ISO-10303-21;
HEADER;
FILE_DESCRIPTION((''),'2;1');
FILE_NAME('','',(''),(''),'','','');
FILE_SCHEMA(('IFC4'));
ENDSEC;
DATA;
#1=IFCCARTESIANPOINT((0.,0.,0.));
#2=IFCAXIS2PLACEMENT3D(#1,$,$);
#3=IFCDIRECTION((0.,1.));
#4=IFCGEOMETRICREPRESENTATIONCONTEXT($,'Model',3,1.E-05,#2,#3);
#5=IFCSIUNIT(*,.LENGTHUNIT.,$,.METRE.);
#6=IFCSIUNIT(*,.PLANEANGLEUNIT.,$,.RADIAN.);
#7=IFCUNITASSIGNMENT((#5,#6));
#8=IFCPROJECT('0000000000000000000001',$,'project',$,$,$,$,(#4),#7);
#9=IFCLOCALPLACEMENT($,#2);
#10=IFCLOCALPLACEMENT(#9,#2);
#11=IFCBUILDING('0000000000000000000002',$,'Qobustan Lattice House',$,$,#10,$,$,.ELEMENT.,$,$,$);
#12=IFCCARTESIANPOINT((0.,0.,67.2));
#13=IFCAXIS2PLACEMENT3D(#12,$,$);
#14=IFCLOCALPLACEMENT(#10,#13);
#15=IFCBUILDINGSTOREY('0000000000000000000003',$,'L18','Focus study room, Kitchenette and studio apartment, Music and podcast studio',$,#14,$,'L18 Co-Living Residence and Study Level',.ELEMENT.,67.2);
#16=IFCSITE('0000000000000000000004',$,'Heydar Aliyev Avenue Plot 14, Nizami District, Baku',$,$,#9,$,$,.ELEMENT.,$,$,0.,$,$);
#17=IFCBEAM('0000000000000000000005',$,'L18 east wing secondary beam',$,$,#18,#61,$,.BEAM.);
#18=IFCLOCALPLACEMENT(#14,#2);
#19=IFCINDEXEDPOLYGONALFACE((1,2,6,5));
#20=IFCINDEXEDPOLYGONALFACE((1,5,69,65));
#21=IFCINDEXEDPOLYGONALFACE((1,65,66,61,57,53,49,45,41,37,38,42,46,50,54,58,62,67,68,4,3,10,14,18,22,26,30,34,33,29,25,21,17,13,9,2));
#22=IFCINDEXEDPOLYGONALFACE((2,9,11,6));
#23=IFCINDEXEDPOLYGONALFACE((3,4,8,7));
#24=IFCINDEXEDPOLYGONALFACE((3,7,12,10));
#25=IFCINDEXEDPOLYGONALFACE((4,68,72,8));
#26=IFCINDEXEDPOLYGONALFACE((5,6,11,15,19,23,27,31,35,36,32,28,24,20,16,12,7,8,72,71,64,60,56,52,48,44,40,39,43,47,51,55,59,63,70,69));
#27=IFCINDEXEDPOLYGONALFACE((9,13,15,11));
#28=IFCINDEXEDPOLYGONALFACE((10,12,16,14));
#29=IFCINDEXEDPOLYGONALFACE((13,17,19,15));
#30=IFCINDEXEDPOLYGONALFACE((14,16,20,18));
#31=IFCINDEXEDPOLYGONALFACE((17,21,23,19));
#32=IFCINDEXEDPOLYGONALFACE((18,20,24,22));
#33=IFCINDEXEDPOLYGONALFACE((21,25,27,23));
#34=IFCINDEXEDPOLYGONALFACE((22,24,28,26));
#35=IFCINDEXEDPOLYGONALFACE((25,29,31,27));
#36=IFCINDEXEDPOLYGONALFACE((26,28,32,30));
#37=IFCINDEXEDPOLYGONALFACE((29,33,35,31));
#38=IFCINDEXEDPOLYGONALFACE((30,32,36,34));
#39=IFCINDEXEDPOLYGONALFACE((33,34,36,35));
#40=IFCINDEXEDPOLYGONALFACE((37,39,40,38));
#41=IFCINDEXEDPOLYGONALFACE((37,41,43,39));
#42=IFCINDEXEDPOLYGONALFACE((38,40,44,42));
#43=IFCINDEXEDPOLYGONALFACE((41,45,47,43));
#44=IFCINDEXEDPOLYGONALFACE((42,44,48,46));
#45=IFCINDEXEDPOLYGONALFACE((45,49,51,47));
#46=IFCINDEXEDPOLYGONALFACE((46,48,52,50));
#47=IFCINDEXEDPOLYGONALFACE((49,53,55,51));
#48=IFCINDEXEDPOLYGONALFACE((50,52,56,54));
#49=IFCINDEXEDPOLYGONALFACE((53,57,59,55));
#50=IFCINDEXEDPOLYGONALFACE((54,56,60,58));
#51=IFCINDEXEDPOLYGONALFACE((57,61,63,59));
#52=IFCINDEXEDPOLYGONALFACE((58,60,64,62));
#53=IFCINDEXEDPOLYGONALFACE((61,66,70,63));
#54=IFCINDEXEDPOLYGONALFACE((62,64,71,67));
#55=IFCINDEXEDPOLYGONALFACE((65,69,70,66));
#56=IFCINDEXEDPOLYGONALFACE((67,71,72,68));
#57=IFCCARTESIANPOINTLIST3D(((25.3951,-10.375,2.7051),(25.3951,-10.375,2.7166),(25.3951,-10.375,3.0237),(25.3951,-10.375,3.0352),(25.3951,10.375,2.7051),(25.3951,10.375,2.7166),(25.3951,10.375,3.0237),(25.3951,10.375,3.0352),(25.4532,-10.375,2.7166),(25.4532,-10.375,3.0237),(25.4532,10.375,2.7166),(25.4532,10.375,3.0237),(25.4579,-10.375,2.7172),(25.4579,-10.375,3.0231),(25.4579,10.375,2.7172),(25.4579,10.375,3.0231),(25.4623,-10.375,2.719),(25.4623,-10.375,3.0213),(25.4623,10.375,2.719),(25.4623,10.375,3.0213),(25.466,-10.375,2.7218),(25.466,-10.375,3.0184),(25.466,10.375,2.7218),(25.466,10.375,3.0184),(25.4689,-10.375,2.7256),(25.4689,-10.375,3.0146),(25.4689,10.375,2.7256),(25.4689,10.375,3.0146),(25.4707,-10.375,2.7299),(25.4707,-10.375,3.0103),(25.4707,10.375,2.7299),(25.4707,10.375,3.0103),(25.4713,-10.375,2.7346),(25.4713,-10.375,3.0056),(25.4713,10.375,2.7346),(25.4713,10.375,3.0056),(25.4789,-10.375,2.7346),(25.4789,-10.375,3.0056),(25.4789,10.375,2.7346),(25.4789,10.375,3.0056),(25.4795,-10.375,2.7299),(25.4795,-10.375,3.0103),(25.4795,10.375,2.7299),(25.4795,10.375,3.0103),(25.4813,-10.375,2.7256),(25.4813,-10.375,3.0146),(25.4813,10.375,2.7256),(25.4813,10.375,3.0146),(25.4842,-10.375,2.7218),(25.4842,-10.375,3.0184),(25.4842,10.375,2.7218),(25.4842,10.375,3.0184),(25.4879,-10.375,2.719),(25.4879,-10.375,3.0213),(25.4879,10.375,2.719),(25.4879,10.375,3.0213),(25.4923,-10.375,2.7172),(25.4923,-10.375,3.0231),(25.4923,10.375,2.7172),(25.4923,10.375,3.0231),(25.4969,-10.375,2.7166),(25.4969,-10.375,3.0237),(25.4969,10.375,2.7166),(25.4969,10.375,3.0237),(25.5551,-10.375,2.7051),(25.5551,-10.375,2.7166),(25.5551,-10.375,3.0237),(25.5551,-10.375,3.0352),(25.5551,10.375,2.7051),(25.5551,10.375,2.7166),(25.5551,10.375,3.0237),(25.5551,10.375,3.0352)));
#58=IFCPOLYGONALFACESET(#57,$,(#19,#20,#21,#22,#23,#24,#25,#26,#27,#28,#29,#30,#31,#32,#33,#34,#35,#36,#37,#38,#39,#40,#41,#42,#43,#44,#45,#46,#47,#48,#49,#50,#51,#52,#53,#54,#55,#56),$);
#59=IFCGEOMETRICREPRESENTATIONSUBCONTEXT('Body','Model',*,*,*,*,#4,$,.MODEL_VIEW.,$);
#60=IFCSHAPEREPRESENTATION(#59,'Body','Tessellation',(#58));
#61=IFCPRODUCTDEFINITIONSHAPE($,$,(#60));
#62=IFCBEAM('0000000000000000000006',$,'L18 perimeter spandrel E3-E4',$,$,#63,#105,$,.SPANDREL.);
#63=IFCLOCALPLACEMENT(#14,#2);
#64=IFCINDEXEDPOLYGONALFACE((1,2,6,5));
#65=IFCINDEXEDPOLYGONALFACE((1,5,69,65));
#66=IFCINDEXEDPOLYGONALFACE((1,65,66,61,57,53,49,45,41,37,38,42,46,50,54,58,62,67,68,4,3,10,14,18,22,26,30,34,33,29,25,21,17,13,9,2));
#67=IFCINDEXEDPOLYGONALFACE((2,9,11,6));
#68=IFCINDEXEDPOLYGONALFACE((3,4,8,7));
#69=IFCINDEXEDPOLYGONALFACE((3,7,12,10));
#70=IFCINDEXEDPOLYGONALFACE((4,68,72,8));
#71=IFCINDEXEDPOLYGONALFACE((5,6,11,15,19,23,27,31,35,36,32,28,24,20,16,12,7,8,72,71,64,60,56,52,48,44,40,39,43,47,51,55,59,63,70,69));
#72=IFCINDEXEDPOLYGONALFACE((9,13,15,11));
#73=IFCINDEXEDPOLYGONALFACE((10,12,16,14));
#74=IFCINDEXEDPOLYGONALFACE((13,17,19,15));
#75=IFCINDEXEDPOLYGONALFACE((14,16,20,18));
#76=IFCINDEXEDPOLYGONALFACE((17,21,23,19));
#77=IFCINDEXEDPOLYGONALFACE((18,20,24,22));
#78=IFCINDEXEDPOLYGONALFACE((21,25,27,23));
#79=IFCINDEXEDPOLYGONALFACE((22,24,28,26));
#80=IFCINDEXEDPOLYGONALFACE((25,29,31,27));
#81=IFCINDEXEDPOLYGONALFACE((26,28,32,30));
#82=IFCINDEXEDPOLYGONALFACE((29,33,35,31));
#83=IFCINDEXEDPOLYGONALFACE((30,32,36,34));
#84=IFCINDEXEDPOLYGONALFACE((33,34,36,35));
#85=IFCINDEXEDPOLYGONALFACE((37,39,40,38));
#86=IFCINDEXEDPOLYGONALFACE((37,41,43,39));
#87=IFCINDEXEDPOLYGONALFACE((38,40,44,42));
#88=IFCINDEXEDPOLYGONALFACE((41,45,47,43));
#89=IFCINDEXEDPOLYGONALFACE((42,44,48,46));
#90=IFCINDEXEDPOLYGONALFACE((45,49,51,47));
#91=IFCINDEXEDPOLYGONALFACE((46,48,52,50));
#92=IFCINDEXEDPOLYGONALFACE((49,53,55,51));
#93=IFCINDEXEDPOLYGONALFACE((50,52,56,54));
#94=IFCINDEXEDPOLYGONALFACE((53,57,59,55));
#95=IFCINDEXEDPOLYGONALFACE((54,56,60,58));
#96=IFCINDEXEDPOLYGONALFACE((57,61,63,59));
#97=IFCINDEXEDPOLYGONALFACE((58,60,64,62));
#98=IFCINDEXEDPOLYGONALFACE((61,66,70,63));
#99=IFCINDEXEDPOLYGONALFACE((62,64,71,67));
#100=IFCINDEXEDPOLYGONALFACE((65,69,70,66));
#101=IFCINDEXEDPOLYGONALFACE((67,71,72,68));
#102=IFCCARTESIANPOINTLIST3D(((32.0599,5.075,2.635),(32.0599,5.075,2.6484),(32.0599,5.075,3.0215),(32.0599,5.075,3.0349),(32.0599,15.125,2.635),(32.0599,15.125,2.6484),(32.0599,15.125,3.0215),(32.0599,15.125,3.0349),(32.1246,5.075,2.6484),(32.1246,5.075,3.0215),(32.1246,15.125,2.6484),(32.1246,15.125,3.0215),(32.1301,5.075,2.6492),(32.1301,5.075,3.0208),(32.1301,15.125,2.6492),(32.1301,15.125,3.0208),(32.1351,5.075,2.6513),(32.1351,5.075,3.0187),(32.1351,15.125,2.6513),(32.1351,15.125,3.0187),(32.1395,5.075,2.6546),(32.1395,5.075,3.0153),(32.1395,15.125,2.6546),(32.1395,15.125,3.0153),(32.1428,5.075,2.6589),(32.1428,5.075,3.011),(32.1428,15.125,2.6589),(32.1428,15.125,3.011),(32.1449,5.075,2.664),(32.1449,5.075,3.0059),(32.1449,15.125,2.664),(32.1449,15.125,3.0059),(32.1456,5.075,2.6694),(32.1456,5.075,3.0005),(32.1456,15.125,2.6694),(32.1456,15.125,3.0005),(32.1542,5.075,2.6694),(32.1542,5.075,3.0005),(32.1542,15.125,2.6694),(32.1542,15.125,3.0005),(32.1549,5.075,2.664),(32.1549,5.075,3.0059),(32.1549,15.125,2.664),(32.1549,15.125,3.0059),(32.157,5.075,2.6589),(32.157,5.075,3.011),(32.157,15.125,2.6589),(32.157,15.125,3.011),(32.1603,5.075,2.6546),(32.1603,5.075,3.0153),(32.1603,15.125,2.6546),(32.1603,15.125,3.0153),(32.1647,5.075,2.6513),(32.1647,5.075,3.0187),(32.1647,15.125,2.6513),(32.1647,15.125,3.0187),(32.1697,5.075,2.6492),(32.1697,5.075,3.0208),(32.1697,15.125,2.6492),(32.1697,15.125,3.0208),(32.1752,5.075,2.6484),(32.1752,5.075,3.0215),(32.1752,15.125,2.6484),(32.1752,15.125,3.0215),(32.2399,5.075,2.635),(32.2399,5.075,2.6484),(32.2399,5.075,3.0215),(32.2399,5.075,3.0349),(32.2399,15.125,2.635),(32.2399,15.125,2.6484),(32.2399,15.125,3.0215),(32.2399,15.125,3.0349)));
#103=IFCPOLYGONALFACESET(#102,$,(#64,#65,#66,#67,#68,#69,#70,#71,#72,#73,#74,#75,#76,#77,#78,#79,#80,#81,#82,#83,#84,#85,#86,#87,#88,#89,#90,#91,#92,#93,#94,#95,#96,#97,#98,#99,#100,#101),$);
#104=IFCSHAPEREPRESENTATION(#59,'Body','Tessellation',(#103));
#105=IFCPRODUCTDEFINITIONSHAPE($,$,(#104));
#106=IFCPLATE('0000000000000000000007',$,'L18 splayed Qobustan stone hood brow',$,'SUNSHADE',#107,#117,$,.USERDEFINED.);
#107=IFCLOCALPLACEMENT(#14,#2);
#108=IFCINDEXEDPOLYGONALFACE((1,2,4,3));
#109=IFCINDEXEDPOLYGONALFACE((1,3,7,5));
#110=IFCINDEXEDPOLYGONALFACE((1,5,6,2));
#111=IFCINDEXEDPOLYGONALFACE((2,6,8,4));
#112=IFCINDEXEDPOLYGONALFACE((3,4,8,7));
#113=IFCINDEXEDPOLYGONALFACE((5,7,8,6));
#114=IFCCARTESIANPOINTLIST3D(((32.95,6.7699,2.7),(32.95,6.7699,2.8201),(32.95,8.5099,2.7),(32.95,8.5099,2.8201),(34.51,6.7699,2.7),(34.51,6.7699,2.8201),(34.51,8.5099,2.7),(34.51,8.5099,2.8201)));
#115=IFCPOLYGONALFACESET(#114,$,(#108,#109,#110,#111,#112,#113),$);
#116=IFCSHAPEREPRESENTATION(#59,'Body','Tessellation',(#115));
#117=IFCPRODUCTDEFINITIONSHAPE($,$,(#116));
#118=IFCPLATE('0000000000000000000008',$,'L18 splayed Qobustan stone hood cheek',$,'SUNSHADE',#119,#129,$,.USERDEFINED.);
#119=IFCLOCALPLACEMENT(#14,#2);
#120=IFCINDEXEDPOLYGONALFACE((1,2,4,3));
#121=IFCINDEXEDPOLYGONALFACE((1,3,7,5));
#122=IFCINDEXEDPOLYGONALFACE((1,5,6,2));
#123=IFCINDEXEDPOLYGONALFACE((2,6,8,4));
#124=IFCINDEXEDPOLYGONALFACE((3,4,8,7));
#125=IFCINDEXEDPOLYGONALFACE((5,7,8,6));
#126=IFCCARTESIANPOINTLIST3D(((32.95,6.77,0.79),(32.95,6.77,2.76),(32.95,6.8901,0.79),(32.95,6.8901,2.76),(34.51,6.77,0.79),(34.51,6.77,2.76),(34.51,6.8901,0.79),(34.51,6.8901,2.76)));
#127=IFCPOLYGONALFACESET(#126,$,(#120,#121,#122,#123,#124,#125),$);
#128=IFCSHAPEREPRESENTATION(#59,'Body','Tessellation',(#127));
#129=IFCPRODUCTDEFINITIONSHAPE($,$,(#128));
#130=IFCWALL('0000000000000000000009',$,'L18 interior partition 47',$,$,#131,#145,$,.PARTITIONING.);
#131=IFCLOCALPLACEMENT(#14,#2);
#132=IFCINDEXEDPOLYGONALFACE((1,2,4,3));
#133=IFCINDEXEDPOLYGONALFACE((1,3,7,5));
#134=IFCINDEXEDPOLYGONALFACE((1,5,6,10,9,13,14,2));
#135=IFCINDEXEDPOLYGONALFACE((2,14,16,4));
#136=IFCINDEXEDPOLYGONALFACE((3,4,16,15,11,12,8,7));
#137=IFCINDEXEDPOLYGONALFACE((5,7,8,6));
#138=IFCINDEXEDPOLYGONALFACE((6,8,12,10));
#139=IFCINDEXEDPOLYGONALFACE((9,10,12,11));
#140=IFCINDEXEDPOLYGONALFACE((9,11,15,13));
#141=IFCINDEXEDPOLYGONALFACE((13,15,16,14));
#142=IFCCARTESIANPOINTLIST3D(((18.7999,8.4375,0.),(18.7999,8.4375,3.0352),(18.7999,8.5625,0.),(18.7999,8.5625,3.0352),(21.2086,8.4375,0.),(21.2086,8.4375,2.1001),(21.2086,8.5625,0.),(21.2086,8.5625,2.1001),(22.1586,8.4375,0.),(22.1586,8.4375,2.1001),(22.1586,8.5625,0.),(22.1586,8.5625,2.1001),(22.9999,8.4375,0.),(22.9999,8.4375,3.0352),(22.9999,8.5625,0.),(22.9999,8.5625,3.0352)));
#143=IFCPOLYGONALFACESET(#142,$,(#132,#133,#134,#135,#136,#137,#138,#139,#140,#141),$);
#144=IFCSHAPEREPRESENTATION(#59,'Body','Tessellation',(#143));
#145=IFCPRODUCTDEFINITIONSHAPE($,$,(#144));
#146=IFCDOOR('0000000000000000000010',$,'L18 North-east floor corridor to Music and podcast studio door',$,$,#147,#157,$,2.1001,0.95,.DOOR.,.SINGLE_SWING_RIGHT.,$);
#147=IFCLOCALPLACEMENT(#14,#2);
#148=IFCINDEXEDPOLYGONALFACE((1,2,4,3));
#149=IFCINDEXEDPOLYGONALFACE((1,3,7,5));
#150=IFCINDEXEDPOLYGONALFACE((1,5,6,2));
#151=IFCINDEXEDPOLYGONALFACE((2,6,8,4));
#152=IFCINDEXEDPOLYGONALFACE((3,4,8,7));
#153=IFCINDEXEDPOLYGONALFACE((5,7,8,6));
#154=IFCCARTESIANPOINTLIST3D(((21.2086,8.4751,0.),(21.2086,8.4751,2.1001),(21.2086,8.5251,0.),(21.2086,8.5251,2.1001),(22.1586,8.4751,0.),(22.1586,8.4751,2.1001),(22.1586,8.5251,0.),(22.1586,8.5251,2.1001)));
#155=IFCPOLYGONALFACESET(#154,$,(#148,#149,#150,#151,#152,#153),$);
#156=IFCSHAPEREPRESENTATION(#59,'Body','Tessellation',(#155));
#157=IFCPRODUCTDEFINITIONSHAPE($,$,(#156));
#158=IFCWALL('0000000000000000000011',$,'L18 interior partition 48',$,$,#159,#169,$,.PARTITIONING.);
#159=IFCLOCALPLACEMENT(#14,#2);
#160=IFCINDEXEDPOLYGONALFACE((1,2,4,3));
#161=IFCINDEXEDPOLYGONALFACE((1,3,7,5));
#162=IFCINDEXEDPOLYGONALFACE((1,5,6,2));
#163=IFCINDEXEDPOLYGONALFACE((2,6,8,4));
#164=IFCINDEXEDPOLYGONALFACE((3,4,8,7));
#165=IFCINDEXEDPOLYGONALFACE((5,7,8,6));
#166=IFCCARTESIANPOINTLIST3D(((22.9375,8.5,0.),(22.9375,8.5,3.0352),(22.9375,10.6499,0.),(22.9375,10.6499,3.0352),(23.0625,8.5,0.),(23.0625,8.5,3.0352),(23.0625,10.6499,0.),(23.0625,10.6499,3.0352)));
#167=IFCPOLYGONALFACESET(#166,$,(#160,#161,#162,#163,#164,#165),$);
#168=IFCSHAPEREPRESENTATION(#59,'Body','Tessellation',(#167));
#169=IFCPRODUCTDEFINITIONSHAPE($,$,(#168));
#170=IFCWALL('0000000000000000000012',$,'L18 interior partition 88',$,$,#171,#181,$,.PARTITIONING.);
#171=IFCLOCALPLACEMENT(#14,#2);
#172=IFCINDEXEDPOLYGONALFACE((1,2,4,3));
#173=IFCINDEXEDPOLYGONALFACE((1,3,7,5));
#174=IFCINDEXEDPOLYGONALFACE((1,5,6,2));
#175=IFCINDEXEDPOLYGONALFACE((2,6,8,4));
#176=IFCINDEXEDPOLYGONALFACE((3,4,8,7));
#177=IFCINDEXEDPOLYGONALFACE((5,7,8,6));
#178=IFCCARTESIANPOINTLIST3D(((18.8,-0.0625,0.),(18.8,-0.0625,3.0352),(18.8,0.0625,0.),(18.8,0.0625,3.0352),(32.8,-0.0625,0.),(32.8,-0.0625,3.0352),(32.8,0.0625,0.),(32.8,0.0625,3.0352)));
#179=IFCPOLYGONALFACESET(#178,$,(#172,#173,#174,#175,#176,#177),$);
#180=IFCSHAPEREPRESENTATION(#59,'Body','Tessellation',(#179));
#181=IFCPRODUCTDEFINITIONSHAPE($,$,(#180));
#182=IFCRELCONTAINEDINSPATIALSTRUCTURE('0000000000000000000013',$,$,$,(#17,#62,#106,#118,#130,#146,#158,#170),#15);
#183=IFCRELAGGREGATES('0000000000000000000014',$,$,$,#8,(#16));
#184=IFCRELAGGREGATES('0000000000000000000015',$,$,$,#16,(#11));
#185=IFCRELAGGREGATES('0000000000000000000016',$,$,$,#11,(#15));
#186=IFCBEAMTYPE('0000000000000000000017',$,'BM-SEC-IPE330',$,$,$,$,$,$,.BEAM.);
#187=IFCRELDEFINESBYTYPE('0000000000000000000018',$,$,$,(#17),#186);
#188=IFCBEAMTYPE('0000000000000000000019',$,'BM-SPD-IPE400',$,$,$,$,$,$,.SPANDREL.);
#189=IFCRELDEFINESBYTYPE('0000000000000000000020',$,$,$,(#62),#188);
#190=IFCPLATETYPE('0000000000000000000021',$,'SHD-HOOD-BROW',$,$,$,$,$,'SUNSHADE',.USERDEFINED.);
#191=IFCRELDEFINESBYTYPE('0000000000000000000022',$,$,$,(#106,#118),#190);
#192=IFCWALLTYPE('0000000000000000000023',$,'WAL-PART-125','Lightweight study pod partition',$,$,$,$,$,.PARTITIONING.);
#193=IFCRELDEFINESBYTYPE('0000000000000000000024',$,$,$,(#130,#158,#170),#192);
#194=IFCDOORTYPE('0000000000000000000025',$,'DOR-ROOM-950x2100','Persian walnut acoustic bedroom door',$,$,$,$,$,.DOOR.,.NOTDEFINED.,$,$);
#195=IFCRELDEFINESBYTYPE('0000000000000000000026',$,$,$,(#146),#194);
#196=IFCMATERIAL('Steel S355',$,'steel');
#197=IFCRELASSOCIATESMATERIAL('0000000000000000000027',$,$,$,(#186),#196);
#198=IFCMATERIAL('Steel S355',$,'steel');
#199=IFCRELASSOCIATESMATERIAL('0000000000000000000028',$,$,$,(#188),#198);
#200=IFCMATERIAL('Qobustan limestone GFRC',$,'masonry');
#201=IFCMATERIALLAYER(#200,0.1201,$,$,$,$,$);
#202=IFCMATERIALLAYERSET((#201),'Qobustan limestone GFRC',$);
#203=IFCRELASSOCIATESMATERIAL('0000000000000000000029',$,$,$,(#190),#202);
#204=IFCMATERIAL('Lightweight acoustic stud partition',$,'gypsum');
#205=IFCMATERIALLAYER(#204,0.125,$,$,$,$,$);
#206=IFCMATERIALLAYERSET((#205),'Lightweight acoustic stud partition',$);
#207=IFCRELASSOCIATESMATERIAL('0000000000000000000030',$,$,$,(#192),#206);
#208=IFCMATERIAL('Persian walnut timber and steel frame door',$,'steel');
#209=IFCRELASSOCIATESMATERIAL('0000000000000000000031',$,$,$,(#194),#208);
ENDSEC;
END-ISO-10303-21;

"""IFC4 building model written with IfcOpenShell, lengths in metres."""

from ifc_helpers import new_model, si_unit, direction, frame, frame_2d, origin, origin_2d, place, context, subcontext, project, spatial, rectangle, i_section, extrude, material, layer, layer_set, material_profile, profile_set, type_object, element, fill, save


model = new_model("IFC4")

# Units and contexts
model_context = context("Model", 3, precision=1e-05, world=origin(), true_north=direction((0.0, 1.0)))
body_context = subcontext(model_context, "Body", "Model", "MODEL_VIEW")
ifc_project = project(units=[si_unit("LENGTHUNIT", "METRE"), si_unit("PLANEANGLEUNIT", "RADIAN")], contexts=[model_context])

# Site, building, storey
site_placement = place(None, origin())
site = spatial("IfcSite", under=ifc_project, at=site_placement, Name="Heydar Aliyev Avenue Plot 14, Nizami District, Baku", CompositionType="ELEMENT", RefElevation=0.0)
building_placement = place(site_placement, origin())
building = spatial("IfcBuilding", under=site, at=building_placement, Name="Qobustan Lattice House", CompositionType="ELEMENT")
storey_placement = place(building_placement, frame((0.0, 0.0, 67.2)))
storey = spatial("IfcBuildingStorey", under=building, at=storey_placement, Name="L18", Description="Focus study room, Kitchenette and studio apartment, Music and podcast studio", LongName="L18 Co-Living Residence and Study Level", CompositionType="ELEMENT", Elevation=67.2)

# Beams
ifc_material_1 = material(Name="Steel S355", Category="steel")
ifc_material_profile_1 = material_profile(ifc_material_1, i_section(OverallWidth=0.1599, OverallDepth=0.3301, WebThickness=0.0076, FlangeThickness=0.0115, FilletRadius=0.0181, at=origin_2d()), Name="IPE330")
ifc_profile_set_1 = profile_set([ifc_material_profile_1], Name="Steel S355")
beam_type_1 = type_object("IfcBeamType", Name="BM-SEC-IPE330", PredefinedType="BEAM", material=ifc_profile_set_1)
beam_1_placement = place(storey_placement, frame((25.4751, 10.375, 2.8701), z_axis=(0.0, -1.0, 0.0), x_axis=(1.0, 0.0, 0.0)))
element("IfcBeam", 1, at=beam_1_placement, inside=storey, type_object=beam_type_1, Name="L18 east wing secondary beam", PredefinedType="BEAM", context=body_context, shape_type="SweptSolid", body=[
    extrude(i_section(OverallWidth=0.1599, OverallDepth=0.3301, WebThickness=0.0076, FlangeThickness=0.0115, FilletRadius=0.0181, at=origin_2d()), origin(), (0.0, 0.0, 1.0), 20.75),
])
ifc_material_2 = material(Name="Steel S355", Category="steel")
ifc_material_profile_2 = material_profile(ifc_material_2, i_section(OverallWidth=0.1799, OverallDepth=0.3999, WebThickness=0.0085, FlangeThickness=0.0134, FilletRadius=0.021, at=origin_2d()), Name="IPE400")
ifc_profile_set_2 = profile_set([ifc_material_profile_2], Name="Steel S355")
beam_type_2 = type_object("IfcBeamType", Name="BM-SPD-IPE400", PredefinedType="SPANDREL", material=ifc_profile_set_2)
beam_2_placement = place(storey_placement, frame((32.1499, 5.075, 2.835), z_axis=(0.0, 1.0, 0.0), x_axis=(-1.0, 0.0, 0.0)))
element("IfcBeam", 2, at=beam_2_placement, inside=storey, type_object=beam_type_2, Name="L18 perimeter spandrel E3-E4", PredefinedType="SPANDREL", context=body_context, shape_type="SweptSolid", body=[
    extrude(i_section(OverallWidth=0.1799, OverallDepth=0.3999, WebThickness=0.0085, FlangeThickness=0.0134, FilletRadius=0.021, at=origin_2d()), origin(), (0.0, 0.0, 1.0), 10.05),
])

# Plates
ifc_material_3 = material(Name="Qobustan limestone GFRC", Category="masonry")
ifc_layer_1 = layer(ifc_material_3, 0.1201)
ifc_layer_set_1 = layer_set([ifc_layer_1], Name="Qobustan limestone GFRC")
plate_type = type_object("IfcPlateType", Name="SHD-HOOD-BROW", ElementType="SUNSHADE", PredefinedType="USERDEFINED", material=ifc_layer_set_1)
plate_1_placement = place(storey_placement, frame((33.73, 7.6399, 2.7), z_axis=(0.0, 0.0, 1.0), x_axis=(0.0, -1.0, 0.0)))
element("IfcPlate", 3, at=plate_1_placement, inside=storey, type_object=plate_type, Name="L18 splayed Qobustan stone hood brow", ObjectType="SUNSHADE", PredefinedType="USERDEFINED", context=body_context, shape_type="SweptSolid", body=[
    extrude(rectangle(XDim=1.74, YDim=1.5601, at=origin_2d()), origin(), (0.0, 0.0, 1.0), 0.1201),
])
plate_2_placement = place(storey_placement, frame((33.73, 6.8301, 0.79), z_axis=(0.0, 0.0, 1.0), x_axis=(0.0, -1.0, 0.0)))
element("IfcPlate", 4, at=plate_2_placement, inside=storey, type_object=plate_type, Name="L18 splayed Qobustan stone hood cheek", ObjectType="SUNSHADE", PredefinedType="USERDEFINED", context=body_context, shape_type="SweptSolid", body=[
    extrude(rectangle(XDim=0.1201, YDim=1.5601, at=origin_2d()), origin(), (0.0, 0.0, 1.0), 1.97),
])

# Wall, opening, door
ifc_material_4 = material(Name="Lightweight acoustic stud partition", Category="gypsum")
ifc_layer_2 = layer(ifc_material_4, 0.125)
ifc_layer_set_2 = layer_set([ifc_layer_2], Name="Lightweight acoustic stud partition")
wall_type_1 = type_object("IfcWallType", Name="WAL-PART-125", Description="Lightweight study pod partition", PredefinedType="PARTITIONING", material=ifc_layer_set_2)
wall_1_placement = place(storey_placement, frame((23.0, 8.5, 0.0), z_axis=(0.0, 0.0, 1.0), x_axis=(-1.0, 0.0, 0.0)))
wall_1 = element("IfcWall", 5, at=wall_1_placement, inside=storey, type_object=wall_type_1, Name="L18 interior partition 47", PredefinedType="PARTITIONING", context=body_context, shape_type="SweptSolid", body=[
    extrude(rectangle(XDim=4.2, YDim=0.125, at=frame_2d((2.1001, 0.0))), origin(), (0.0, 0.0, 1.0), 3.0352),
])
opening_1_placement = place(wall_1_placement, frame((0.8413, 0.0, 0.0)))
opening_1 = element("IfcOpeningElement", 6, at=opening_1_placement, cuts=wall_1, PredefinedType="OPENING", context=body_context, shape_type="SweptSolid", body=[
    extrude(rectangle(XDim=0.95, YDim=2.1001, at=frame_2d((0.4751, 1.05))), frame((0.0, 0.0725, 0.0), z_axis=(0.0, -1.0, 0.0), x_axis=(1.0, 0.0, 0.0)), (0.0, 0.0, 1.0), 0.145),
])
ifc_material_5 = material(Name="Persian walnut timber and steel frame door", Category="steel")
door_type_1 = type_object("IfcDoorType", Name="DOR-ROOM-950x2100", Description="Persian walnut acoustic bedroom door", OperationType="NOTDEFINED", PredefinedType="DOOR", material=ifc_material_5)
door_1_placement = place(opening_1_placement, origin())
door_1 = element("IfcDoor", 7, at=door_1_placement, inside=storey, type_object=door_type_1, Name="L18 North-east floor corridor to Music and podcast studio door", OperationType="SINGLE_SWING_RIGHT", OverallHeight=2.1001, OverallWidth=0.95, PredefinedType="DOOR", context=body_context, shape_type="SweptSolid", body=[
    extrude(rectangle(XDim=0.95, YDim=2.1001, at=frame_2d((0.4751, 1.05))), frame((0.0, 0.0249, 0.0), z_axis=(0.0, -1.0, 0.0), x_axis=(1.0, 0.0, 0.0)), (0.0, 0.0, 1.0), 0.05),
])
fill(opening_1, door_1)

# Walls
wall_2_placement = place(storey_placement, frame((23.0, 10.6499, 0.0), z_axis=(0.0, 0.0, 1.0), x_axis=(0.0, -1.0, 0.0)))
element("IfcWall", 8, at=wall_2_placement, inside=storey, type_object=wall_type_1, Name="L18 interior partition 48", PredefinedType="PARTITIONING", context=body_context, shape_type="SweptSolid", body=[
    extrude(rectangle(XDim=2.1499, YDim=0.125, at=frame_2d((1.075, 0.0))), origin(), (0.0, 0.0, 1.0), 3.0352),
])
wall_3_placement = place(storey_placement, frame((18.8, 0.0, 0.0), z_axis=(0.0, 0.0, 1.0), x_axis=(1.0, 0.0, 0.0)))
element("IfcWall", 9, at=wall_3_placement, inside=storey, type_object=wall_type_1, Name="L18 interior partition 88", PredefinedType="PARTITIONING", context=body_context, shape_type="SweptSolid", body=[
    extrude(rectangle(XDim=14.0, YDim=0.125, at=frame_2d((7.0, 0.0))), origin(), (0.0, 0.0, 1.0), 3.0352),
])

save(model, "model.ifc")
